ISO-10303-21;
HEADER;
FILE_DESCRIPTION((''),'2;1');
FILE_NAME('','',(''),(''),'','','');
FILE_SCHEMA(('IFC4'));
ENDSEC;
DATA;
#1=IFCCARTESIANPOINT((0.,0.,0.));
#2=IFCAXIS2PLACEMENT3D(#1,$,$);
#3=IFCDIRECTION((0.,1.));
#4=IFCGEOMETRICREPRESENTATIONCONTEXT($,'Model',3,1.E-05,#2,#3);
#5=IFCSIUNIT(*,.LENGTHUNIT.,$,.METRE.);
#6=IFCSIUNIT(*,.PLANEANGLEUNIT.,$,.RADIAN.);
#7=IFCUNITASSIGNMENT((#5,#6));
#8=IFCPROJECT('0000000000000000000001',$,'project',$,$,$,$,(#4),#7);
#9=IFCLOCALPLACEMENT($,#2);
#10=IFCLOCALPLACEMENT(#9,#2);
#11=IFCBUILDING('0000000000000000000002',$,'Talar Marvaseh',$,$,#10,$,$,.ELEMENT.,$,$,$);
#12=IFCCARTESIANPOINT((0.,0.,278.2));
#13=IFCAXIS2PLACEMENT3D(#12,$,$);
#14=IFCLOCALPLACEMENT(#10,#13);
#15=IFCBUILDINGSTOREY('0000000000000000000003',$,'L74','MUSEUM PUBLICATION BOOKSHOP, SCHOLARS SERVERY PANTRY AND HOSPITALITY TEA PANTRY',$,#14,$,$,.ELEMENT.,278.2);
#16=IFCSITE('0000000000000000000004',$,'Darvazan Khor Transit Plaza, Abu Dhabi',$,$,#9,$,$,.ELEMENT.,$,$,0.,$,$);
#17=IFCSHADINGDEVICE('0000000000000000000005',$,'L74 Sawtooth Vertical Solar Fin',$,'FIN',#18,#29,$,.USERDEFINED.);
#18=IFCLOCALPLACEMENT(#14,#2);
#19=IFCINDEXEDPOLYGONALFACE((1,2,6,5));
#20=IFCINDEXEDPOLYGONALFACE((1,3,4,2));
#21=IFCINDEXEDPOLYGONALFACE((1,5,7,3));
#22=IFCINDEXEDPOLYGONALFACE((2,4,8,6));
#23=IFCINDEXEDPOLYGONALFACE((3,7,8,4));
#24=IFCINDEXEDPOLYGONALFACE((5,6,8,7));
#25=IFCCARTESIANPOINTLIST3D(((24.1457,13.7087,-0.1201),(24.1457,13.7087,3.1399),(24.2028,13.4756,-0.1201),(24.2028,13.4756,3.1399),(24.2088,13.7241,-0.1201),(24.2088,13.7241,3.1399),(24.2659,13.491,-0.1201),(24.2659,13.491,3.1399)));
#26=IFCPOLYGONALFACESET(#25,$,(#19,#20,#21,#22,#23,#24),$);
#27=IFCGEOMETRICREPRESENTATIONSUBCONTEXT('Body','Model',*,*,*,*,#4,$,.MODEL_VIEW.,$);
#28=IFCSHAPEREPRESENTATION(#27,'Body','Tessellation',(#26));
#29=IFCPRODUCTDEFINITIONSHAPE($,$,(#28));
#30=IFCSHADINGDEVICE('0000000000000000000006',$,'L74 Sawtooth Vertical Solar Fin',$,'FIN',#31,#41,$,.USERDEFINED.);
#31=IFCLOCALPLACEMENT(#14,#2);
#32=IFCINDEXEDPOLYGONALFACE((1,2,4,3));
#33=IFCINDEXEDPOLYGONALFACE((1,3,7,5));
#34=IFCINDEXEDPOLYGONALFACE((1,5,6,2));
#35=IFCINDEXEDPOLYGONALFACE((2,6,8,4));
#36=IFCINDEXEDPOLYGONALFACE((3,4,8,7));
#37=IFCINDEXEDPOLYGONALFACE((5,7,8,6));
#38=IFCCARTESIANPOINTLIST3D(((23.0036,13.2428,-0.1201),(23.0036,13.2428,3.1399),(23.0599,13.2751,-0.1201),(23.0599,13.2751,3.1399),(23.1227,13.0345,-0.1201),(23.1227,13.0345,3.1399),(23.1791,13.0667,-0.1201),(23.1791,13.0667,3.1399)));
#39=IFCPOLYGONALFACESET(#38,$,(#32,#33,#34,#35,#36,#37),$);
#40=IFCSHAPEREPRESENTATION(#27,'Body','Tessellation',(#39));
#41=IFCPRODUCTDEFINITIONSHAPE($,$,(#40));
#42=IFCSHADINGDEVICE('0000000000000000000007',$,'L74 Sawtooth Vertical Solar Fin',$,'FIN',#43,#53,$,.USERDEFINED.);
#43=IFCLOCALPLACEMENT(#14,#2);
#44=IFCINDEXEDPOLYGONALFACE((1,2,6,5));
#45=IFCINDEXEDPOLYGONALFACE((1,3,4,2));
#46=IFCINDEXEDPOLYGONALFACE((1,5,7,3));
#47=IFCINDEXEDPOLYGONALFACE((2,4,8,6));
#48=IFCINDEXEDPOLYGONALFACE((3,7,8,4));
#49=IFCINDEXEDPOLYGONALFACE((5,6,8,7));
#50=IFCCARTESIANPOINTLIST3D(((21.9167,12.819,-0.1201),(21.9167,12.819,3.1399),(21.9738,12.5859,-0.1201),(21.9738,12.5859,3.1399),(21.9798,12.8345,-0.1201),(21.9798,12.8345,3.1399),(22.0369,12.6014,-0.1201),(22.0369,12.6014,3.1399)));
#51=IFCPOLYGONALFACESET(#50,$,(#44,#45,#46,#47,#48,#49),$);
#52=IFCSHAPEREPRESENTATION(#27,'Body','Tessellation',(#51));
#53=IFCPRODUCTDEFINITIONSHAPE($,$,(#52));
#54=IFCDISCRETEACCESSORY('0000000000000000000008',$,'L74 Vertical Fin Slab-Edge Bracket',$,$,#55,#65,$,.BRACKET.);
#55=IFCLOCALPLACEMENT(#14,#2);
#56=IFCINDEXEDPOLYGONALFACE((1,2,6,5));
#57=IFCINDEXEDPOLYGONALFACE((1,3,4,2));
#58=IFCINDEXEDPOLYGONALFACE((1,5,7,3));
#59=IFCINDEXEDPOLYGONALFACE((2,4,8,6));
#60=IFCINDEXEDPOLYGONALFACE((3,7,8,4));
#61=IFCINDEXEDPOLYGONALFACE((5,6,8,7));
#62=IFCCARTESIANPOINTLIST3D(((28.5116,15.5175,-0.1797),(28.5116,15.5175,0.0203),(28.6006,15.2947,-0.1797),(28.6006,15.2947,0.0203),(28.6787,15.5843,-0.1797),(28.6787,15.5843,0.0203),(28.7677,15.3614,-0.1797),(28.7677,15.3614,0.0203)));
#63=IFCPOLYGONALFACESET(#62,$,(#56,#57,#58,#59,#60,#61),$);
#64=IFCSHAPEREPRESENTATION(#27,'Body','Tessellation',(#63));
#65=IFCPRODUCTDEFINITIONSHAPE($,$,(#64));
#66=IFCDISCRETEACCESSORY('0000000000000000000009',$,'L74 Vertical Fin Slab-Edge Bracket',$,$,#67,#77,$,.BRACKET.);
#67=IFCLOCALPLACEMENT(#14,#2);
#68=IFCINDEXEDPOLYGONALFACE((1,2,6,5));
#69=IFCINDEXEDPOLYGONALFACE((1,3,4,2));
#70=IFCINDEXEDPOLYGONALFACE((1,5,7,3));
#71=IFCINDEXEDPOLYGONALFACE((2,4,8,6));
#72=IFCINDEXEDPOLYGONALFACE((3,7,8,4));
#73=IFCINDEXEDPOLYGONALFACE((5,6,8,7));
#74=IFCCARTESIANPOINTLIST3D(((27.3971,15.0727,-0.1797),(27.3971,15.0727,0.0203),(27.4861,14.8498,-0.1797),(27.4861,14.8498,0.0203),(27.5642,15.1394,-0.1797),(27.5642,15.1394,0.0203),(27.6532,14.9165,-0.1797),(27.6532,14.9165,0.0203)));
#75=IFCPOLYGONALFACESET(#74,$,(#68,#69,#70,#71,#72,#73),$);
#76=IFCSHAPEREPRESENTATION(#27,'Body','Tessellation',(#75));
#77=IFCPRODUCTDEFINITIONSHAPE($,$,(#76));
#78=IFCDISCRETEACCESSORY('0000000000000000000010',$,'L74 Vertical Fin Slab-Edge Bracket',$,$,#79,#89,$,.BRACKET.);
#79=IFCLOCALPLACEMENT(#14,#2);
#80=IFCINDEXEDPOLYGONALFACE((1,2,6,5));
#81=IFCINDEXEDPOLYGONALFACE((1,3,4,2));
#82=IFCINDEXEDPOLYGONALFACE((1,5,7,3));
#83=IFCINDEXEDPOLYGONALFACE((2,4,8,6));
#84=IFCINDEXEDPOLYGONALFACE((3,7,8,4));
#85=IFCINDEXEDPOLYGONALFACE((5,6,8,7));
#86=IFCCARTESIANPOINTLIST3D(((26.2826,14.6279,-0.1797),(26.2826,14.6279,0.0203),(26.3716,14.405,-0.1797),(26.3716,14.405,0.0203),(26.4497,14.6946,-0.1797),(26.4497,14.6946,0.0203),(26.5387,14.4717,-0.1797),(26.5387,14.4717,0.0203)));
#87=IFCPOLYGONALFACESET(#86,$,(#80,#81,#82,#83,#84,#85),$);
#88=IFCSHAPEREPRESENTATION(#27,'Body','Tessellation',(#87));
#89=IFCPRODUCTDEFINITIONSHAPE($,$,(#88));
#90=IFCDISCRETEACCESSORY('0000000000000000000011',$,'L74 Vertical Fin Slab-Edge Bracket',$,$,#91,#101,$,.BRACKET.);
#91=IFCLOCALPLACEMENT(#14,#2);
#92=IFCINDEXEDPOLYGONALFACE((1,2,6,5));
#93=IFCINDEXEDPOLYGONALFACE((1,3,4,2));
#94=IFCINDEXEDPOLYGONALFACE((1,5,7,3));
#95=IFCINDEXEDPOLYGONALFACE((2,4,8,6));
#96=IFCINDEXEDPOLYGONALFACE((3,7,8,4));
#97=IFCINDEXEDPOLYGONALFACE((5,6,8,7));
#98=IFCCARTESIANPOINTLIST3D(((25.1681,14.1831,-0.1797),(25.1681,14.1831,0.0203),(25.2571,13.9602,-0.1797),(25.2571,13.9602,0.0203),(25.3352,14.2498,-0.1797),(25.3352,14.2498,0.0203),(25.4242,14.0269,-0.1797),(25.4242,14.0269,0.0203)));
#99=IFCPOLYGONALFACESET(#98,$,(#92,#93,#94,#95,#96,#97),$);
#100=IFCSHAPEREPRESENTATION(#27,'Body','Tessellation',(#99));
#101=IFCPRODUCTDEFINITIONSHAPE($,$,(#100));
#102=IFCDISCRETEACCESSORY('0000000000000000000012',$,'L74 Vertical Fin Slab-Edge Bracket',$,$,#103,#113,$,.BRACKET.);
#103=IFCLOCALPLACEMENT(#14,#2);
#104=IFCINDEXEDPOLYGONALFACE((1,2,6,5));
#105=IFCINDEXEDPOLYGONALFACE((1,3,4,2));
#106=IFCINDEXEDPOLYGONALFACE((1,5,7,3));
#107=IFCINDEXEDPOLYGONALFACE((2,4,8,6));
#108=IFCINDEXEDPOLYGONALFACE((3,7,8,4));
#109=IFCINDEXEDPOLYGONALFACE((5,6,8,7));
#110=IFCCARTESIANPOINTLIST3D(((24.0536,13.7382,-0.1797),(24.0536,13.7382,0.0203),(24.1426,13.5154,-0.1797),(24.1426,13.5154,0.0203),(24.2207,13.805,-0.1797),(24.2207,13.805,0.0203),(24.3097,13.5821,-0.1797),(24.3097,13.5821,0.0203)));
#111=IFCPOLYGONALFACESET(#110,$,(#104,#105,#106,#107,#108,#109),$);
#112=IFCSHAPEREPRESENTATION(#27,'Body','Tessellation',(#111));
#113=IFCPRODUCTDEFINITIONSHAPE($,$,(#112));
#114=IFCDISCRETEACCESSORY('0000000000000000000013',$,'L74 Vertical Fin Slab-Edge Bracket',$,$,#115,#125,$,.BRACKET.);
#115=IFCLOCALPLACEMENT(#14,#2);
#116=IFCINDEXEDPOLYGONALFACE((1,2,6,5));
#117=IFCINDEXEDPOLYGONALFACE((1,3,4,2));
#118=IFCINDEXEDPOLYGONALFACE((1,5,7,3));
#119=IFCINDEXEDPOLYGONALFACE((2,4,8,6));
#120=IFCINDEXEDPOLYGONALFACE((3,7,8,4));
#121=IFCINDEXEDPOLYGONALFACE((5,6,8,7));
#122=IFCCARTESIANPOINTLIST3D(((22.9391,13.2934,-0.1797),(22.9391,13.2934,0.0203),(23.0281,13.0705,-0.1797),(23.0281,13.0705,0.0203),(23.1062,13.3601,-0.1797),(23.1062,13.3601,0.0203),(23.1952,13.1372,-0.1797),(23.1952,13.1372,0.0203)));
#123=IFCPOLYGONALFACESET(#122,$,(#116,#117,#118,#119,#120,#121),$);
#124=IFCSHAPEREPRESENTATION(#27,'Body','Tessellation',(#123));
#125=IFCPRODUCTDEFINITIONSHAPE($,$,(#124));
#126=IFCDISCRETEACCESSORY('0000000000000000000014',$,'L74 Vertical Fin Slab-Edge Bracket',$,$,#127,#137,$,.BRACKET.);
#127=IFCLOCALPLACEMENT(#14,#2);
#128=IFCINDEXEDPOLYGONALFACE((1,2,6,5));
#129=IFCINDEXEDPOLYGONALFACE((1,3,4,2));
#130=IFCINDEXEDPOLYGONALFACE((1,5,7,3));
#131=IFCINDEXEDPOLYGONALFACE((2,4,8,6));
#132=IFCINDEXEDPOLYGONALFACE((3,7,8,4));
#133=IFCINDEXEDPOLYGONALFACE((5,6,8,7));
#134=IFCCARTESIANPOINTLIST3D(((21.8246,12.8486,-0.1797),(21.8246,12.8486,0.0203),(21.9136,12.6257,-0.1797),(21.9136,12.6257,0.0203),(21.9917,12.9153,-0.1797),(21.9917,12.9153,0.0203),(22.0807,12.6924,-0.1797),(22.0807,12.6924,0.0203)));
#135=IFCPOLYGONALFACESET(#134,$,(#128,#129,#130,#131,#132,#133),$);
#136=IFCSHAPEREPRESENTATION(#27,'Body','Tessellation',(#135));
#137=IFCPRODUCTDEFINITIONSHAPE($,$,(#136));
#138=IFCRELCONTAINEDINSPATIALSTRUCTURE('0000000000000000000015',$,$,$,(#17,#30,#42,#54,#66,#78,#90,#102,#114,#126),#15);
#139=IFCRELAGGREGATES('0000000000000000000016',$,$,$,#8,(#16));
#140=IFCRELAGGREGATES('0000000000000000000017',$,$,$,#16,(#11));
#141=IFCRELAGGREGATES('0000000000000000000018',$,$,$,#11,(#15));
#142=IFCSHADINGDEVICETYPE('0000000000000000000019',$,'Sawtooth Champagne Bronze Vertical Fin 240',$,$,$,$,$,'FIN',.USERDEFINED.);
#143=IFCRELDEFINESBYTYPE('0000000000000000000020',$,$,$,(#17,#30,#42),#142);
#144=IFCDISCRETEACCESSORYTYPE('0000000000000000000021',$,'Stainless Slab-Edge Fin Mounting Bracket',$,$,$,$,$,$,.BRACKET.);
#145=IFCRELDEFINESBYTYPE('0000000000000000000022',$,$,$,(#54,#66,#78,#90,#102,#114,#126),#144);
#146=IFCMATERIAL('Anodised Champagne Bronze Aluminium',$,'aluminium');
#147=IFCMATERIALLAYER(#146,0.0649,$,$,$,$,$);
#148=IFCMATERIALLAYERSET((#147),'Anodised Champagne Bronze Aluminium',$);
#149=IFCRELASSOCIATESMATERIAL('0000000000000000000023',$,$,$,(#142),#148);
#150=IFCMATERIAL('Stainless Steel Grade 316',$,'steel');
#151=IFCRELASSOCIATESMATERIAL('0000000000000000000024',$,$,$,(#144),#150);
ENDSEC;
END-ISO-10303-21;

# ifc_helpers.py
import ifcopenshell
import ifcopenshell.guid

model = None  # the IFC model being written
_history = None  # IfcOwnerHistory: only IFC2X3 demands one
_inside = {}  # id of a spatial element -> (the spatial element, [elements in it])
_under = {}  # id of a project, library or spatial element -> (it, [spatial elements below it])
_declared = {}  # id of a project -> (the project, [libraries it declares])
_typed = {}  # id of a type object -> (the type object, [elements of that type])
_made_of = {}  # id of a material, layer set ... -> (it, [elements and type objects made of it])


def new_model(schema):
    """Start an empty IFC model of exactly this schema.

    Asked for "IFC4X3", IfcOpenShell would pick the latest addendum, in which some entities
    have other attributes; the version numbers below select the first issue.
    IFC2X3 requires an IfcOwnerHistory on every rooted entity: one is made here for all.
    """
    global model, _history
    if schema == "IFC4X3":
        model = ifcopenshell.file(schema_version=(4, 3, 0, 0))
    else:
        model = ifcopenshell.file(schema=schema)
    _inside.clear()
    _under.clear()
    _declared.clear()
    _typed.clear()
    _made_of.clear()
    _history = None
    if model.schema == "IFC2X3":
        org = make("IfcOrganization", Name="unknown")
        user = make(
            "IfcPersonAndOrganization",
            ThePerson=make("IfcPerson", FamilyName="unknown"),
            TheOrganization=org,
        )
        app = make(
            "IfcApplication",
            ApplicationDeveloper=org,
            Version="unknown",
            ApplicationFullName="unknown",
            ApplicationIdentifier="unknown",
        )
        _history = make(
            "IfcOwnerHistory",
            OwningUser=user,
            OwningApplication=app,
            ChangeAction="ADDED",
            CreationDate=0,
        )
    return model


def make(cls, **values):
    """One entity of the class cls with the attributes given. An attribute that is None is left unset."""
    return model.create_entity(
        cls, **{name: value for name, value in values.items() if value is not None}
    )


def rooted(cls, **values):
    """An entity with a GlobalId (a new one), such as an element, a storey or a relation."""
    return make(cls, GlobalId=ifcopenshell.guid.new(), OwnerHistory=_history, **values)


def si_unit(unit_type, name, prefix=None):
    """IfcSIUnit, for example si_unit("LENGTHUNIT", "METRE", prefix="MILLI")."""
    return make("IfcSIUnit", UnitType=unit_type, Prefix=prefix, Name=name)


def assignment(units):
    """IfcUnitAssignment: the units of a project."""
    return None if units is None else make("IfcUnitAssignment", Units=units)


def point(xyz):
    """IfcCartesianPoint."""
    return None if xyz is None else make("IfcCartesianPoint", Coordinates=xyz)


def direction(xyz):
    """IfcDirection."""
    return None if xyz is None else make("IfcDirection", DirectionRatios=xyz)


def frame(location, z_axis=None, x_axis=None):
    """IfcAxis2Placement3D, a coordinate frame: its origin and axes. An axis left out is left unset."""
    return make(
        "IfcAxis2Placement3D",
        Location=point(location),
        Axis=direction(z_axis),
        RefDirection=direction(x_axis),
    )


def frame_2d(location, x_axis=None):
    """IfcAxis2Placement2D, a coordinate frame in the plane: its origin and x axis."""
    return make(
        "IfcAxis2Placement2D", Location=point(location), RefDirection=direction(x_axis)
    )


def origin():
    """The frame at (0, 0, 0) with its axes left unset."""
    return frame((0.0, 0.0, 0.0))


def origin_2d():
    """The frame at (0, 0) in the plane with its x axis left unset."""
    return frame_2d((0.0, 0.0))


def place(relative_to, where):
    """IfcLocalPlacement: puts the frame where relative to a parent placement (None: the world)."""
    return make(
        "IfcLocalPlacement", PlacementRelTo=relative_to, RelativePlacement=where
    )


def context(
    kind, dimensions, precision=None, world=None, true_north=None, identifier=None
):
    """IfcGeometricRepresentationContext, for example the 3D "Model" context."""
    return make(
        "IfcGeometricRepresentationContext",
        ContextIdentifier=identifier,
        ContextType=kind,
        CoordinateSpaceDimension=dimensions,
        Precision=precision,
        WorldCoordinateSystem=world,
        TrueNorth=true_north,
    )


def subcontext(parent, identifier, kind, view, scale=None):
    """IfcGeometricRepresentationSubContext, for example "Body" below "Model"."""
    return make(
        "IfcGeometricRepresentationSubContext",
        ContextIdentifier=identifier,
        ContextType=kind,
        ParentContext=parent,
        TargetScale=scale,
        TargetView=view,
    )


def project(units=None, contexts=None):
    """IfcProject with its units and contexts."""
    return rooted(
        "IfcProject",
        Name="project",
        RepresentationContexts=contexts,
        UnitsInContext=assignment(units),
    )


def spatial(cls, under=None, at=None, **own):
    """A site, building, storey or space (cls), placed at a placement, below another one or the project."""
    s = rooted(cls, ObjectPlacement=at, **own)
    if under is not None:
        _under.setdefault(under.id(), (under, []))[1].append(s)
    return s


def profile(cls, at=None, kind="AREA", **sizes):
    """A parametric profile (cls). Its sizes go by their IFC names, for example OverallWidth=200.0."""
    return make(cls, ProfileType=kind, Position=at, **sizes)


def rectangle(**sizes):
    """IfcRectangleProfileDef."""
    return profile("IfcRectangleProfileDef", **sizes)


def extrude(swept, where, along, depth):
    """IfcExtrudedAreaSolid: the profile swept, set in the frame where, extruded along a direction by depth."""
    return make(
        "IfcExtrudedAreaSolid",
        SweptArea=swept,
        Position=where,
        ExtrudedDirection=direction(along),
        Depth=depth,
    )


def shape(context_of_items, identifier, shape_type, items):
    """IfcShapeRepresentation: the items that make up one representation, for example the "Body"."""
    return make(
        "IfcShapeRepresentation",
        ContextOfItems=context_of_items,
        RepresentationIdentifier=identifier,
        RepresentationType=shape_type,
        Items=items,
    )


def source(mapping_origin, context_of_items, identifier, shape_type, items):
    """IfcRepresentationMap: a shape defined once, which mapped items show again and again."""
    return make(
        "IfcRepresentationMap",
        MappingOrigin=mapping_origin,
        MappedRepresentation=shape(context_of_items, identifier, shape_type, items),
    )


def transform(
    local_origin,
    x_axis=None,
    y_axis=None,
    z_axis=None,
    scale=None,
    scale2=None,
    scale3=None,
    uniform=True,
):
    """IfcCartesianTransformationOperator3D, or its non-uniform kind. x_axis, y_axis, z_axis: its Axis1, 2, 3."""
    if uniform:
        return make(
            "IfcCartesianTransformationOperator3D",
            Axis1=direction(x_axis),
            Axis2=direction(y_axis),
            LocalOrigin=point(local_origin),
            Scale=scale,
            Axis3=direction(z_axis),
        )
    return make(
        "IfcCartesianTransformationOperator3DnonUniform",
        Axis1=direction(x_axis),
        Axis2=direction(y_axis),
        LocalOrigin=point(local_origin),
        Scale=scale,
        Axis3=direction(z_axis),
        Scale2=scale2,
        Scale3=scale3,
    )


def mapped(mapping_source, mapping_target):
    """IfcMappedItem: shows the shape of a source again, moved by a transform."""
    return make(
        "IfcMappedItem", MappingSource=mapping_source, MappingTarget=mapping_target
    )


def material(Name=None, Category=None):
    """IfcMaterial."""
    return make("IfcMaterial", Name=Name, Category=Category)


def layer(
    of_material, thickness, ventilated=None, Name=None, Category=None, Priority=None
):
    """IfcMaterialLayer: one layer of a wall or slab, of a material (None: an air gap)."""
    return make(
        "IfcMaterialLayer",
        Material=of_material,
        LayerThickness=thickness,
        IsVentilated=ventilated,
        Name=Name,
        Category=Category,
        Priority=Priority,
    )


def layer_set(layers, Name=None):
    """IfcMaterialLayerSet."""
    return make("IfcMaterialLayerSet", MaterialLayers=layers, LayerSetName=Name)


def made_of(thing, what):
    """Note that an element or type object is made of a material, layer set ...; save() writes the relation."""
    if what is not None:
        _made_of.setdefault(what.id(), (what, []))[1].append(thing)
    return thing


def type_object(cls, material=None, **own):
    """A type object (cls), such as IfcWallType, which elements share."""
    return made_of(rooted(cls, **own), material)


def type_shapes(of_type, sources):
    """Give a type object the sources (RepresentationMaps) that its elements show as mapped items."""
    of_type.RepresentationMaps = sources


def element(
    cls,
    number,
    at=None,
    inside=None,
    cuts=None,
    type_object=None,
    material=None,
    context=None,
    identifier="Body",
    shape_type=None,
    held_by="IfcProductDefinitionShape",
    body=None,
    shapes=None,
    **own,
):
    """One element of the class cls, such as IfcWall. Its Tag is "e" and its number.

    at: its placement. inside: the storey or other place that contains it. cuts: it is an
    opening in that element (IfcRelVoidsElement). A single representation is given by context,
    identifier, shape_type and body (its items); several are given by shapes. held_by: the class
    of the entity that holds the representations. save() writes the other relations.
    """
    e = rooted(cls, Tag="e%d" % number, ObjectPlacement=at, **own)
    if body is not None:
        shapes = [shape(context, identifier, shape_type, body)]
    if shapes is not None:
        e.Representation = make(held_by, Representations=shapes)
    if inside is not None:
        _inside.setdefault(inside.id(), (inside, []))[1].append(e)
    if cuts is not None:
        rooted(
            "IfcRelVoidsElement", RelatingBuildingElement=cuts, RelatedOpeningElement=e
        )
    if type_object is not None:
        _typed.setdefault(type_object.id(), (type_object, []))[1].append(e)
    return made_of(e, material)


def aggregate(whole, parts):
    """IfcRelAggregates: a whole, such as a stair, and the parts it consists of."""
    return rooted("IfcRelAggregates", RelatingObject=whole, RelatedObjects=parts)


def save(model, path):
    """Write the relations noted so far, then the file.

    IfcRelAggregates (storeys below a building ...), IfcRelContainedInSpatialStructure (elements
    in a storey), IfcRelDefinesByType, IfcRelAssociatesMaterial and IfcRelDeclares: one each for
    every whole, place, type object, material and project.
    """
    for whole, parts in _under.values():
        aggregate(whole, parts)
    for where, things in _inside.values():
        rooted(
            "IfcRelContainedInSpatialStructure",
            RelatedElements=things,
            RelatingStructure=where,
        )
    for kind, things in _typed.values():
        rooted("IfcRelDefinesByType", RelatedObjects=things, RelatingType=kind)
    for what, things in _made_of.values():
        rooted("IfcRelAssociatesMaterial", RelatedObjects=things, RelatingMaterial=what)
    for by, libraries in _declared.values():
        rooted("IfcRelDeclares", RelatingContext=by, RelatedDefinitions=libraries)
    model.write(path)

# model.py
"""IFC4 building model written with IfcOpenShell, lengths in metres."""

from ifc_helpers import new_model, si_unit, direction, frame, origin, origin_2d, place, context, subcontext, project, spatial, rectangle, extrude, source, transform, mapped, material, layer, layer_set, type_object, type_shapes, element, save


model = new_model("IFC4")

# Units and contexts
model_context = context("Model", 3, precision=1e-05, world=origin(), true_north=direction((0.0, 1.0)))
body_context = subcontext(model_context, "Body", "Model", "MODEL_VIEW")
ifc_project = project(units=[si_unit("LENGTHUNIT", "METRE"), si_unit("PLANEANGLEUNIT", "RADIAN")], contexts=[model_context])

# Site, building, storey
site_placement = place(None, origin())
site = spatial("IfcSite", under=ifc_project, at=site_placement, Name="Darvazan Khor Transit Plaza, Abu Dhabi", CompositionType="ELEMENT", RefElevation=0.0)
building_placement = place(site_placement, origin())
building = spatial("IfcBuilding", under=site, at=building_placement, Name="Talar Marvaseh", CompositionType="ELEMENT")
storey_placement = place(building_placement, frame((0.0, 0.0, 278.2)))
storey = spatial("IfcBuildingStorey", under=building, at=storey_placement, Name="L74", Description="MUSEUM PUBLICATION BOOKSHOP, SCHOLARS SERVERY PANTRY AND HOSPITALITY TEA PANTRY", CompositionType="ELEMENT", Elevation=278.2)

# Shading devices
ifc_material_1 = material(Name="Anodised Champagne Bronze Aluminium", Category="aluminium")
ifc_layer_1 = layer(ifc_material_1, 0.0649)
ifc_layer_set_1 = layer_set([ifc_layer_1], Name="Anodised Champagne Bronze Aluminium")
shading_device_type = type_object("IfcShadingDeviceType", Name="Sawtooth Champagne Bronze Vertical Fin 240", ElementType="FIN", PredefinedType="USERDEFINED", material=ifc_layer_set_1)
shared_shape_1 = source(origin(), body_context, "Body", "SweptSolid", [
    extrude(rectangle(XDim=0.24, YDim=0.0649, at=origin_2d()), origin(), (0.0, 0.0, 1.0), 3.26),
])
type_shapes(shading_device_type, [shared_shape_1])
for number, where, z_axis, x_axis, name in (
    (1, (24.2058, 13.5999, -0.1201), (0.0, 0.0, 1.0), (0.237855, -0.971301, 0.0), "L74 Sawtooth Vertical Solar Fin"),
    (2, (23.0913, 13.1548, -0.1201), (0.0, 0.0, 1.0), (0.496368, -0.868112, 0.0), "L74 Sawtooth Vertical Solar Fin"),
    (3, (21.9768, 12.7102, -0.1201), (0.0, 0.0, 1.0), (0.237855, -0.971301, 0.0), "L74 Sawtooth Vertical Solar Fin"),
):
    element("IfcShadingDevice", number, at=place(storey_placement, frame(where, z_axis=z_axis, x_axis=x_axis)), inside=storey, type_object=shading_device_type, Name=name, ObjectType="FIN", PredefinedType="USERDEFINED", context=body_context, shape_type="MappedRepresentation", body=[
        mapped(shared_shape_1, transform((0.0, 0.0, 0.0), x_axis=(1.0, 0.0, 0.0), y_axis=(0.0, 1.0, 0.0), z_axis=(0.0, 0.0, 1.0), scale=1.0)),
    ])

# Discrete accessories
ifc_material_2 = material(Name="Stainless Steel Grade 316", Category="steel")
discrete_accessory_type = type_object("IfcDiscreteAccessoryType", Name="Stainless Slab-Edge Fin Mounting Bracket", PredefinedType="BRACKET", material=ifc_material_2)
shared_shape_2 = source(origin(), body_context, "Body", "SweptSolid", [
    extrude(rectangle(XDim=0.24, YDim=0.1799, at=origin_2d()), origin(), (0.0, 0.0, 1.0), 0.2),
])
type_shapes(discrete_accessory_type, [shared_shape_2])
for number, where, z_axis, x_axis, name in (
    (4, (28.6396, 15.4395, -0.1797), (0.0, 0.0, 1.0), (0.37072, -0.928745, 0.0), "L74 Vertical Fin Slab-Edge Bracket"),
    (5, (27.5251, 14.9946, -0.1797), (0.0, 0.0, 1.0), (0.37072, -0.928745, 0.0), "L74 Vertical Fin Slab-Edge Bracket"),
    (6, (26.4106, 14.5498, -0.1797), (0.0, 0.0, 1.0), (0.37072, -0.928745, 0.0), "L74 Vertical Fin Slab-Edge Bracket"),
    (7, (25.2961, 14.105, -0.1797), (0.0, 0.0, 1.0), (0.37072, -0.928745, 0.0), "L74 Vertical Fin Slab-Edge Bracket"),
    (8, (24.1816, 13.6602, -0.1797), (0.0, 0.0, 1.0), (0.37072, -0.928745, 0.0), "L74 Vertical Fin Slab-Edge Bracket"),
    (9, (23.0671, 13.2153, -0.1797), (0.0, 0.0, 1.0), (0.37072, -0.928745, 0.0), "L74 Vertical Fin Slab-Edge Bracket"),
    (10, (21.9526, 12.7705, -0.1797), (0.0, 0.0, 1.0), (0.37072, -0.928745, 0.0), "L74 Vertical Fin Slab-Edge Bracket"),
):
    element("IfcDiscreteAccessory", number, at=place(storey_placement, frame(where, z_axis=z_axis, x_axis=x_axis)), inside=storey, type_object=discrete_accessory_type, Name=name, PredefinedType="BRACKET", context=body_context, shape_type="MappedRepresentation", body=[
        mapped(shared_shape_2, transform((0.0, 0.0, 0.0), x_axis=(1.0, 0.0, 0.0), y_axis=(0.0, 1.0, 0.0), z_axis=(0.0, 0.0, 1.0), scale=1.0)),
    ])

save(model, "model.ifc")
